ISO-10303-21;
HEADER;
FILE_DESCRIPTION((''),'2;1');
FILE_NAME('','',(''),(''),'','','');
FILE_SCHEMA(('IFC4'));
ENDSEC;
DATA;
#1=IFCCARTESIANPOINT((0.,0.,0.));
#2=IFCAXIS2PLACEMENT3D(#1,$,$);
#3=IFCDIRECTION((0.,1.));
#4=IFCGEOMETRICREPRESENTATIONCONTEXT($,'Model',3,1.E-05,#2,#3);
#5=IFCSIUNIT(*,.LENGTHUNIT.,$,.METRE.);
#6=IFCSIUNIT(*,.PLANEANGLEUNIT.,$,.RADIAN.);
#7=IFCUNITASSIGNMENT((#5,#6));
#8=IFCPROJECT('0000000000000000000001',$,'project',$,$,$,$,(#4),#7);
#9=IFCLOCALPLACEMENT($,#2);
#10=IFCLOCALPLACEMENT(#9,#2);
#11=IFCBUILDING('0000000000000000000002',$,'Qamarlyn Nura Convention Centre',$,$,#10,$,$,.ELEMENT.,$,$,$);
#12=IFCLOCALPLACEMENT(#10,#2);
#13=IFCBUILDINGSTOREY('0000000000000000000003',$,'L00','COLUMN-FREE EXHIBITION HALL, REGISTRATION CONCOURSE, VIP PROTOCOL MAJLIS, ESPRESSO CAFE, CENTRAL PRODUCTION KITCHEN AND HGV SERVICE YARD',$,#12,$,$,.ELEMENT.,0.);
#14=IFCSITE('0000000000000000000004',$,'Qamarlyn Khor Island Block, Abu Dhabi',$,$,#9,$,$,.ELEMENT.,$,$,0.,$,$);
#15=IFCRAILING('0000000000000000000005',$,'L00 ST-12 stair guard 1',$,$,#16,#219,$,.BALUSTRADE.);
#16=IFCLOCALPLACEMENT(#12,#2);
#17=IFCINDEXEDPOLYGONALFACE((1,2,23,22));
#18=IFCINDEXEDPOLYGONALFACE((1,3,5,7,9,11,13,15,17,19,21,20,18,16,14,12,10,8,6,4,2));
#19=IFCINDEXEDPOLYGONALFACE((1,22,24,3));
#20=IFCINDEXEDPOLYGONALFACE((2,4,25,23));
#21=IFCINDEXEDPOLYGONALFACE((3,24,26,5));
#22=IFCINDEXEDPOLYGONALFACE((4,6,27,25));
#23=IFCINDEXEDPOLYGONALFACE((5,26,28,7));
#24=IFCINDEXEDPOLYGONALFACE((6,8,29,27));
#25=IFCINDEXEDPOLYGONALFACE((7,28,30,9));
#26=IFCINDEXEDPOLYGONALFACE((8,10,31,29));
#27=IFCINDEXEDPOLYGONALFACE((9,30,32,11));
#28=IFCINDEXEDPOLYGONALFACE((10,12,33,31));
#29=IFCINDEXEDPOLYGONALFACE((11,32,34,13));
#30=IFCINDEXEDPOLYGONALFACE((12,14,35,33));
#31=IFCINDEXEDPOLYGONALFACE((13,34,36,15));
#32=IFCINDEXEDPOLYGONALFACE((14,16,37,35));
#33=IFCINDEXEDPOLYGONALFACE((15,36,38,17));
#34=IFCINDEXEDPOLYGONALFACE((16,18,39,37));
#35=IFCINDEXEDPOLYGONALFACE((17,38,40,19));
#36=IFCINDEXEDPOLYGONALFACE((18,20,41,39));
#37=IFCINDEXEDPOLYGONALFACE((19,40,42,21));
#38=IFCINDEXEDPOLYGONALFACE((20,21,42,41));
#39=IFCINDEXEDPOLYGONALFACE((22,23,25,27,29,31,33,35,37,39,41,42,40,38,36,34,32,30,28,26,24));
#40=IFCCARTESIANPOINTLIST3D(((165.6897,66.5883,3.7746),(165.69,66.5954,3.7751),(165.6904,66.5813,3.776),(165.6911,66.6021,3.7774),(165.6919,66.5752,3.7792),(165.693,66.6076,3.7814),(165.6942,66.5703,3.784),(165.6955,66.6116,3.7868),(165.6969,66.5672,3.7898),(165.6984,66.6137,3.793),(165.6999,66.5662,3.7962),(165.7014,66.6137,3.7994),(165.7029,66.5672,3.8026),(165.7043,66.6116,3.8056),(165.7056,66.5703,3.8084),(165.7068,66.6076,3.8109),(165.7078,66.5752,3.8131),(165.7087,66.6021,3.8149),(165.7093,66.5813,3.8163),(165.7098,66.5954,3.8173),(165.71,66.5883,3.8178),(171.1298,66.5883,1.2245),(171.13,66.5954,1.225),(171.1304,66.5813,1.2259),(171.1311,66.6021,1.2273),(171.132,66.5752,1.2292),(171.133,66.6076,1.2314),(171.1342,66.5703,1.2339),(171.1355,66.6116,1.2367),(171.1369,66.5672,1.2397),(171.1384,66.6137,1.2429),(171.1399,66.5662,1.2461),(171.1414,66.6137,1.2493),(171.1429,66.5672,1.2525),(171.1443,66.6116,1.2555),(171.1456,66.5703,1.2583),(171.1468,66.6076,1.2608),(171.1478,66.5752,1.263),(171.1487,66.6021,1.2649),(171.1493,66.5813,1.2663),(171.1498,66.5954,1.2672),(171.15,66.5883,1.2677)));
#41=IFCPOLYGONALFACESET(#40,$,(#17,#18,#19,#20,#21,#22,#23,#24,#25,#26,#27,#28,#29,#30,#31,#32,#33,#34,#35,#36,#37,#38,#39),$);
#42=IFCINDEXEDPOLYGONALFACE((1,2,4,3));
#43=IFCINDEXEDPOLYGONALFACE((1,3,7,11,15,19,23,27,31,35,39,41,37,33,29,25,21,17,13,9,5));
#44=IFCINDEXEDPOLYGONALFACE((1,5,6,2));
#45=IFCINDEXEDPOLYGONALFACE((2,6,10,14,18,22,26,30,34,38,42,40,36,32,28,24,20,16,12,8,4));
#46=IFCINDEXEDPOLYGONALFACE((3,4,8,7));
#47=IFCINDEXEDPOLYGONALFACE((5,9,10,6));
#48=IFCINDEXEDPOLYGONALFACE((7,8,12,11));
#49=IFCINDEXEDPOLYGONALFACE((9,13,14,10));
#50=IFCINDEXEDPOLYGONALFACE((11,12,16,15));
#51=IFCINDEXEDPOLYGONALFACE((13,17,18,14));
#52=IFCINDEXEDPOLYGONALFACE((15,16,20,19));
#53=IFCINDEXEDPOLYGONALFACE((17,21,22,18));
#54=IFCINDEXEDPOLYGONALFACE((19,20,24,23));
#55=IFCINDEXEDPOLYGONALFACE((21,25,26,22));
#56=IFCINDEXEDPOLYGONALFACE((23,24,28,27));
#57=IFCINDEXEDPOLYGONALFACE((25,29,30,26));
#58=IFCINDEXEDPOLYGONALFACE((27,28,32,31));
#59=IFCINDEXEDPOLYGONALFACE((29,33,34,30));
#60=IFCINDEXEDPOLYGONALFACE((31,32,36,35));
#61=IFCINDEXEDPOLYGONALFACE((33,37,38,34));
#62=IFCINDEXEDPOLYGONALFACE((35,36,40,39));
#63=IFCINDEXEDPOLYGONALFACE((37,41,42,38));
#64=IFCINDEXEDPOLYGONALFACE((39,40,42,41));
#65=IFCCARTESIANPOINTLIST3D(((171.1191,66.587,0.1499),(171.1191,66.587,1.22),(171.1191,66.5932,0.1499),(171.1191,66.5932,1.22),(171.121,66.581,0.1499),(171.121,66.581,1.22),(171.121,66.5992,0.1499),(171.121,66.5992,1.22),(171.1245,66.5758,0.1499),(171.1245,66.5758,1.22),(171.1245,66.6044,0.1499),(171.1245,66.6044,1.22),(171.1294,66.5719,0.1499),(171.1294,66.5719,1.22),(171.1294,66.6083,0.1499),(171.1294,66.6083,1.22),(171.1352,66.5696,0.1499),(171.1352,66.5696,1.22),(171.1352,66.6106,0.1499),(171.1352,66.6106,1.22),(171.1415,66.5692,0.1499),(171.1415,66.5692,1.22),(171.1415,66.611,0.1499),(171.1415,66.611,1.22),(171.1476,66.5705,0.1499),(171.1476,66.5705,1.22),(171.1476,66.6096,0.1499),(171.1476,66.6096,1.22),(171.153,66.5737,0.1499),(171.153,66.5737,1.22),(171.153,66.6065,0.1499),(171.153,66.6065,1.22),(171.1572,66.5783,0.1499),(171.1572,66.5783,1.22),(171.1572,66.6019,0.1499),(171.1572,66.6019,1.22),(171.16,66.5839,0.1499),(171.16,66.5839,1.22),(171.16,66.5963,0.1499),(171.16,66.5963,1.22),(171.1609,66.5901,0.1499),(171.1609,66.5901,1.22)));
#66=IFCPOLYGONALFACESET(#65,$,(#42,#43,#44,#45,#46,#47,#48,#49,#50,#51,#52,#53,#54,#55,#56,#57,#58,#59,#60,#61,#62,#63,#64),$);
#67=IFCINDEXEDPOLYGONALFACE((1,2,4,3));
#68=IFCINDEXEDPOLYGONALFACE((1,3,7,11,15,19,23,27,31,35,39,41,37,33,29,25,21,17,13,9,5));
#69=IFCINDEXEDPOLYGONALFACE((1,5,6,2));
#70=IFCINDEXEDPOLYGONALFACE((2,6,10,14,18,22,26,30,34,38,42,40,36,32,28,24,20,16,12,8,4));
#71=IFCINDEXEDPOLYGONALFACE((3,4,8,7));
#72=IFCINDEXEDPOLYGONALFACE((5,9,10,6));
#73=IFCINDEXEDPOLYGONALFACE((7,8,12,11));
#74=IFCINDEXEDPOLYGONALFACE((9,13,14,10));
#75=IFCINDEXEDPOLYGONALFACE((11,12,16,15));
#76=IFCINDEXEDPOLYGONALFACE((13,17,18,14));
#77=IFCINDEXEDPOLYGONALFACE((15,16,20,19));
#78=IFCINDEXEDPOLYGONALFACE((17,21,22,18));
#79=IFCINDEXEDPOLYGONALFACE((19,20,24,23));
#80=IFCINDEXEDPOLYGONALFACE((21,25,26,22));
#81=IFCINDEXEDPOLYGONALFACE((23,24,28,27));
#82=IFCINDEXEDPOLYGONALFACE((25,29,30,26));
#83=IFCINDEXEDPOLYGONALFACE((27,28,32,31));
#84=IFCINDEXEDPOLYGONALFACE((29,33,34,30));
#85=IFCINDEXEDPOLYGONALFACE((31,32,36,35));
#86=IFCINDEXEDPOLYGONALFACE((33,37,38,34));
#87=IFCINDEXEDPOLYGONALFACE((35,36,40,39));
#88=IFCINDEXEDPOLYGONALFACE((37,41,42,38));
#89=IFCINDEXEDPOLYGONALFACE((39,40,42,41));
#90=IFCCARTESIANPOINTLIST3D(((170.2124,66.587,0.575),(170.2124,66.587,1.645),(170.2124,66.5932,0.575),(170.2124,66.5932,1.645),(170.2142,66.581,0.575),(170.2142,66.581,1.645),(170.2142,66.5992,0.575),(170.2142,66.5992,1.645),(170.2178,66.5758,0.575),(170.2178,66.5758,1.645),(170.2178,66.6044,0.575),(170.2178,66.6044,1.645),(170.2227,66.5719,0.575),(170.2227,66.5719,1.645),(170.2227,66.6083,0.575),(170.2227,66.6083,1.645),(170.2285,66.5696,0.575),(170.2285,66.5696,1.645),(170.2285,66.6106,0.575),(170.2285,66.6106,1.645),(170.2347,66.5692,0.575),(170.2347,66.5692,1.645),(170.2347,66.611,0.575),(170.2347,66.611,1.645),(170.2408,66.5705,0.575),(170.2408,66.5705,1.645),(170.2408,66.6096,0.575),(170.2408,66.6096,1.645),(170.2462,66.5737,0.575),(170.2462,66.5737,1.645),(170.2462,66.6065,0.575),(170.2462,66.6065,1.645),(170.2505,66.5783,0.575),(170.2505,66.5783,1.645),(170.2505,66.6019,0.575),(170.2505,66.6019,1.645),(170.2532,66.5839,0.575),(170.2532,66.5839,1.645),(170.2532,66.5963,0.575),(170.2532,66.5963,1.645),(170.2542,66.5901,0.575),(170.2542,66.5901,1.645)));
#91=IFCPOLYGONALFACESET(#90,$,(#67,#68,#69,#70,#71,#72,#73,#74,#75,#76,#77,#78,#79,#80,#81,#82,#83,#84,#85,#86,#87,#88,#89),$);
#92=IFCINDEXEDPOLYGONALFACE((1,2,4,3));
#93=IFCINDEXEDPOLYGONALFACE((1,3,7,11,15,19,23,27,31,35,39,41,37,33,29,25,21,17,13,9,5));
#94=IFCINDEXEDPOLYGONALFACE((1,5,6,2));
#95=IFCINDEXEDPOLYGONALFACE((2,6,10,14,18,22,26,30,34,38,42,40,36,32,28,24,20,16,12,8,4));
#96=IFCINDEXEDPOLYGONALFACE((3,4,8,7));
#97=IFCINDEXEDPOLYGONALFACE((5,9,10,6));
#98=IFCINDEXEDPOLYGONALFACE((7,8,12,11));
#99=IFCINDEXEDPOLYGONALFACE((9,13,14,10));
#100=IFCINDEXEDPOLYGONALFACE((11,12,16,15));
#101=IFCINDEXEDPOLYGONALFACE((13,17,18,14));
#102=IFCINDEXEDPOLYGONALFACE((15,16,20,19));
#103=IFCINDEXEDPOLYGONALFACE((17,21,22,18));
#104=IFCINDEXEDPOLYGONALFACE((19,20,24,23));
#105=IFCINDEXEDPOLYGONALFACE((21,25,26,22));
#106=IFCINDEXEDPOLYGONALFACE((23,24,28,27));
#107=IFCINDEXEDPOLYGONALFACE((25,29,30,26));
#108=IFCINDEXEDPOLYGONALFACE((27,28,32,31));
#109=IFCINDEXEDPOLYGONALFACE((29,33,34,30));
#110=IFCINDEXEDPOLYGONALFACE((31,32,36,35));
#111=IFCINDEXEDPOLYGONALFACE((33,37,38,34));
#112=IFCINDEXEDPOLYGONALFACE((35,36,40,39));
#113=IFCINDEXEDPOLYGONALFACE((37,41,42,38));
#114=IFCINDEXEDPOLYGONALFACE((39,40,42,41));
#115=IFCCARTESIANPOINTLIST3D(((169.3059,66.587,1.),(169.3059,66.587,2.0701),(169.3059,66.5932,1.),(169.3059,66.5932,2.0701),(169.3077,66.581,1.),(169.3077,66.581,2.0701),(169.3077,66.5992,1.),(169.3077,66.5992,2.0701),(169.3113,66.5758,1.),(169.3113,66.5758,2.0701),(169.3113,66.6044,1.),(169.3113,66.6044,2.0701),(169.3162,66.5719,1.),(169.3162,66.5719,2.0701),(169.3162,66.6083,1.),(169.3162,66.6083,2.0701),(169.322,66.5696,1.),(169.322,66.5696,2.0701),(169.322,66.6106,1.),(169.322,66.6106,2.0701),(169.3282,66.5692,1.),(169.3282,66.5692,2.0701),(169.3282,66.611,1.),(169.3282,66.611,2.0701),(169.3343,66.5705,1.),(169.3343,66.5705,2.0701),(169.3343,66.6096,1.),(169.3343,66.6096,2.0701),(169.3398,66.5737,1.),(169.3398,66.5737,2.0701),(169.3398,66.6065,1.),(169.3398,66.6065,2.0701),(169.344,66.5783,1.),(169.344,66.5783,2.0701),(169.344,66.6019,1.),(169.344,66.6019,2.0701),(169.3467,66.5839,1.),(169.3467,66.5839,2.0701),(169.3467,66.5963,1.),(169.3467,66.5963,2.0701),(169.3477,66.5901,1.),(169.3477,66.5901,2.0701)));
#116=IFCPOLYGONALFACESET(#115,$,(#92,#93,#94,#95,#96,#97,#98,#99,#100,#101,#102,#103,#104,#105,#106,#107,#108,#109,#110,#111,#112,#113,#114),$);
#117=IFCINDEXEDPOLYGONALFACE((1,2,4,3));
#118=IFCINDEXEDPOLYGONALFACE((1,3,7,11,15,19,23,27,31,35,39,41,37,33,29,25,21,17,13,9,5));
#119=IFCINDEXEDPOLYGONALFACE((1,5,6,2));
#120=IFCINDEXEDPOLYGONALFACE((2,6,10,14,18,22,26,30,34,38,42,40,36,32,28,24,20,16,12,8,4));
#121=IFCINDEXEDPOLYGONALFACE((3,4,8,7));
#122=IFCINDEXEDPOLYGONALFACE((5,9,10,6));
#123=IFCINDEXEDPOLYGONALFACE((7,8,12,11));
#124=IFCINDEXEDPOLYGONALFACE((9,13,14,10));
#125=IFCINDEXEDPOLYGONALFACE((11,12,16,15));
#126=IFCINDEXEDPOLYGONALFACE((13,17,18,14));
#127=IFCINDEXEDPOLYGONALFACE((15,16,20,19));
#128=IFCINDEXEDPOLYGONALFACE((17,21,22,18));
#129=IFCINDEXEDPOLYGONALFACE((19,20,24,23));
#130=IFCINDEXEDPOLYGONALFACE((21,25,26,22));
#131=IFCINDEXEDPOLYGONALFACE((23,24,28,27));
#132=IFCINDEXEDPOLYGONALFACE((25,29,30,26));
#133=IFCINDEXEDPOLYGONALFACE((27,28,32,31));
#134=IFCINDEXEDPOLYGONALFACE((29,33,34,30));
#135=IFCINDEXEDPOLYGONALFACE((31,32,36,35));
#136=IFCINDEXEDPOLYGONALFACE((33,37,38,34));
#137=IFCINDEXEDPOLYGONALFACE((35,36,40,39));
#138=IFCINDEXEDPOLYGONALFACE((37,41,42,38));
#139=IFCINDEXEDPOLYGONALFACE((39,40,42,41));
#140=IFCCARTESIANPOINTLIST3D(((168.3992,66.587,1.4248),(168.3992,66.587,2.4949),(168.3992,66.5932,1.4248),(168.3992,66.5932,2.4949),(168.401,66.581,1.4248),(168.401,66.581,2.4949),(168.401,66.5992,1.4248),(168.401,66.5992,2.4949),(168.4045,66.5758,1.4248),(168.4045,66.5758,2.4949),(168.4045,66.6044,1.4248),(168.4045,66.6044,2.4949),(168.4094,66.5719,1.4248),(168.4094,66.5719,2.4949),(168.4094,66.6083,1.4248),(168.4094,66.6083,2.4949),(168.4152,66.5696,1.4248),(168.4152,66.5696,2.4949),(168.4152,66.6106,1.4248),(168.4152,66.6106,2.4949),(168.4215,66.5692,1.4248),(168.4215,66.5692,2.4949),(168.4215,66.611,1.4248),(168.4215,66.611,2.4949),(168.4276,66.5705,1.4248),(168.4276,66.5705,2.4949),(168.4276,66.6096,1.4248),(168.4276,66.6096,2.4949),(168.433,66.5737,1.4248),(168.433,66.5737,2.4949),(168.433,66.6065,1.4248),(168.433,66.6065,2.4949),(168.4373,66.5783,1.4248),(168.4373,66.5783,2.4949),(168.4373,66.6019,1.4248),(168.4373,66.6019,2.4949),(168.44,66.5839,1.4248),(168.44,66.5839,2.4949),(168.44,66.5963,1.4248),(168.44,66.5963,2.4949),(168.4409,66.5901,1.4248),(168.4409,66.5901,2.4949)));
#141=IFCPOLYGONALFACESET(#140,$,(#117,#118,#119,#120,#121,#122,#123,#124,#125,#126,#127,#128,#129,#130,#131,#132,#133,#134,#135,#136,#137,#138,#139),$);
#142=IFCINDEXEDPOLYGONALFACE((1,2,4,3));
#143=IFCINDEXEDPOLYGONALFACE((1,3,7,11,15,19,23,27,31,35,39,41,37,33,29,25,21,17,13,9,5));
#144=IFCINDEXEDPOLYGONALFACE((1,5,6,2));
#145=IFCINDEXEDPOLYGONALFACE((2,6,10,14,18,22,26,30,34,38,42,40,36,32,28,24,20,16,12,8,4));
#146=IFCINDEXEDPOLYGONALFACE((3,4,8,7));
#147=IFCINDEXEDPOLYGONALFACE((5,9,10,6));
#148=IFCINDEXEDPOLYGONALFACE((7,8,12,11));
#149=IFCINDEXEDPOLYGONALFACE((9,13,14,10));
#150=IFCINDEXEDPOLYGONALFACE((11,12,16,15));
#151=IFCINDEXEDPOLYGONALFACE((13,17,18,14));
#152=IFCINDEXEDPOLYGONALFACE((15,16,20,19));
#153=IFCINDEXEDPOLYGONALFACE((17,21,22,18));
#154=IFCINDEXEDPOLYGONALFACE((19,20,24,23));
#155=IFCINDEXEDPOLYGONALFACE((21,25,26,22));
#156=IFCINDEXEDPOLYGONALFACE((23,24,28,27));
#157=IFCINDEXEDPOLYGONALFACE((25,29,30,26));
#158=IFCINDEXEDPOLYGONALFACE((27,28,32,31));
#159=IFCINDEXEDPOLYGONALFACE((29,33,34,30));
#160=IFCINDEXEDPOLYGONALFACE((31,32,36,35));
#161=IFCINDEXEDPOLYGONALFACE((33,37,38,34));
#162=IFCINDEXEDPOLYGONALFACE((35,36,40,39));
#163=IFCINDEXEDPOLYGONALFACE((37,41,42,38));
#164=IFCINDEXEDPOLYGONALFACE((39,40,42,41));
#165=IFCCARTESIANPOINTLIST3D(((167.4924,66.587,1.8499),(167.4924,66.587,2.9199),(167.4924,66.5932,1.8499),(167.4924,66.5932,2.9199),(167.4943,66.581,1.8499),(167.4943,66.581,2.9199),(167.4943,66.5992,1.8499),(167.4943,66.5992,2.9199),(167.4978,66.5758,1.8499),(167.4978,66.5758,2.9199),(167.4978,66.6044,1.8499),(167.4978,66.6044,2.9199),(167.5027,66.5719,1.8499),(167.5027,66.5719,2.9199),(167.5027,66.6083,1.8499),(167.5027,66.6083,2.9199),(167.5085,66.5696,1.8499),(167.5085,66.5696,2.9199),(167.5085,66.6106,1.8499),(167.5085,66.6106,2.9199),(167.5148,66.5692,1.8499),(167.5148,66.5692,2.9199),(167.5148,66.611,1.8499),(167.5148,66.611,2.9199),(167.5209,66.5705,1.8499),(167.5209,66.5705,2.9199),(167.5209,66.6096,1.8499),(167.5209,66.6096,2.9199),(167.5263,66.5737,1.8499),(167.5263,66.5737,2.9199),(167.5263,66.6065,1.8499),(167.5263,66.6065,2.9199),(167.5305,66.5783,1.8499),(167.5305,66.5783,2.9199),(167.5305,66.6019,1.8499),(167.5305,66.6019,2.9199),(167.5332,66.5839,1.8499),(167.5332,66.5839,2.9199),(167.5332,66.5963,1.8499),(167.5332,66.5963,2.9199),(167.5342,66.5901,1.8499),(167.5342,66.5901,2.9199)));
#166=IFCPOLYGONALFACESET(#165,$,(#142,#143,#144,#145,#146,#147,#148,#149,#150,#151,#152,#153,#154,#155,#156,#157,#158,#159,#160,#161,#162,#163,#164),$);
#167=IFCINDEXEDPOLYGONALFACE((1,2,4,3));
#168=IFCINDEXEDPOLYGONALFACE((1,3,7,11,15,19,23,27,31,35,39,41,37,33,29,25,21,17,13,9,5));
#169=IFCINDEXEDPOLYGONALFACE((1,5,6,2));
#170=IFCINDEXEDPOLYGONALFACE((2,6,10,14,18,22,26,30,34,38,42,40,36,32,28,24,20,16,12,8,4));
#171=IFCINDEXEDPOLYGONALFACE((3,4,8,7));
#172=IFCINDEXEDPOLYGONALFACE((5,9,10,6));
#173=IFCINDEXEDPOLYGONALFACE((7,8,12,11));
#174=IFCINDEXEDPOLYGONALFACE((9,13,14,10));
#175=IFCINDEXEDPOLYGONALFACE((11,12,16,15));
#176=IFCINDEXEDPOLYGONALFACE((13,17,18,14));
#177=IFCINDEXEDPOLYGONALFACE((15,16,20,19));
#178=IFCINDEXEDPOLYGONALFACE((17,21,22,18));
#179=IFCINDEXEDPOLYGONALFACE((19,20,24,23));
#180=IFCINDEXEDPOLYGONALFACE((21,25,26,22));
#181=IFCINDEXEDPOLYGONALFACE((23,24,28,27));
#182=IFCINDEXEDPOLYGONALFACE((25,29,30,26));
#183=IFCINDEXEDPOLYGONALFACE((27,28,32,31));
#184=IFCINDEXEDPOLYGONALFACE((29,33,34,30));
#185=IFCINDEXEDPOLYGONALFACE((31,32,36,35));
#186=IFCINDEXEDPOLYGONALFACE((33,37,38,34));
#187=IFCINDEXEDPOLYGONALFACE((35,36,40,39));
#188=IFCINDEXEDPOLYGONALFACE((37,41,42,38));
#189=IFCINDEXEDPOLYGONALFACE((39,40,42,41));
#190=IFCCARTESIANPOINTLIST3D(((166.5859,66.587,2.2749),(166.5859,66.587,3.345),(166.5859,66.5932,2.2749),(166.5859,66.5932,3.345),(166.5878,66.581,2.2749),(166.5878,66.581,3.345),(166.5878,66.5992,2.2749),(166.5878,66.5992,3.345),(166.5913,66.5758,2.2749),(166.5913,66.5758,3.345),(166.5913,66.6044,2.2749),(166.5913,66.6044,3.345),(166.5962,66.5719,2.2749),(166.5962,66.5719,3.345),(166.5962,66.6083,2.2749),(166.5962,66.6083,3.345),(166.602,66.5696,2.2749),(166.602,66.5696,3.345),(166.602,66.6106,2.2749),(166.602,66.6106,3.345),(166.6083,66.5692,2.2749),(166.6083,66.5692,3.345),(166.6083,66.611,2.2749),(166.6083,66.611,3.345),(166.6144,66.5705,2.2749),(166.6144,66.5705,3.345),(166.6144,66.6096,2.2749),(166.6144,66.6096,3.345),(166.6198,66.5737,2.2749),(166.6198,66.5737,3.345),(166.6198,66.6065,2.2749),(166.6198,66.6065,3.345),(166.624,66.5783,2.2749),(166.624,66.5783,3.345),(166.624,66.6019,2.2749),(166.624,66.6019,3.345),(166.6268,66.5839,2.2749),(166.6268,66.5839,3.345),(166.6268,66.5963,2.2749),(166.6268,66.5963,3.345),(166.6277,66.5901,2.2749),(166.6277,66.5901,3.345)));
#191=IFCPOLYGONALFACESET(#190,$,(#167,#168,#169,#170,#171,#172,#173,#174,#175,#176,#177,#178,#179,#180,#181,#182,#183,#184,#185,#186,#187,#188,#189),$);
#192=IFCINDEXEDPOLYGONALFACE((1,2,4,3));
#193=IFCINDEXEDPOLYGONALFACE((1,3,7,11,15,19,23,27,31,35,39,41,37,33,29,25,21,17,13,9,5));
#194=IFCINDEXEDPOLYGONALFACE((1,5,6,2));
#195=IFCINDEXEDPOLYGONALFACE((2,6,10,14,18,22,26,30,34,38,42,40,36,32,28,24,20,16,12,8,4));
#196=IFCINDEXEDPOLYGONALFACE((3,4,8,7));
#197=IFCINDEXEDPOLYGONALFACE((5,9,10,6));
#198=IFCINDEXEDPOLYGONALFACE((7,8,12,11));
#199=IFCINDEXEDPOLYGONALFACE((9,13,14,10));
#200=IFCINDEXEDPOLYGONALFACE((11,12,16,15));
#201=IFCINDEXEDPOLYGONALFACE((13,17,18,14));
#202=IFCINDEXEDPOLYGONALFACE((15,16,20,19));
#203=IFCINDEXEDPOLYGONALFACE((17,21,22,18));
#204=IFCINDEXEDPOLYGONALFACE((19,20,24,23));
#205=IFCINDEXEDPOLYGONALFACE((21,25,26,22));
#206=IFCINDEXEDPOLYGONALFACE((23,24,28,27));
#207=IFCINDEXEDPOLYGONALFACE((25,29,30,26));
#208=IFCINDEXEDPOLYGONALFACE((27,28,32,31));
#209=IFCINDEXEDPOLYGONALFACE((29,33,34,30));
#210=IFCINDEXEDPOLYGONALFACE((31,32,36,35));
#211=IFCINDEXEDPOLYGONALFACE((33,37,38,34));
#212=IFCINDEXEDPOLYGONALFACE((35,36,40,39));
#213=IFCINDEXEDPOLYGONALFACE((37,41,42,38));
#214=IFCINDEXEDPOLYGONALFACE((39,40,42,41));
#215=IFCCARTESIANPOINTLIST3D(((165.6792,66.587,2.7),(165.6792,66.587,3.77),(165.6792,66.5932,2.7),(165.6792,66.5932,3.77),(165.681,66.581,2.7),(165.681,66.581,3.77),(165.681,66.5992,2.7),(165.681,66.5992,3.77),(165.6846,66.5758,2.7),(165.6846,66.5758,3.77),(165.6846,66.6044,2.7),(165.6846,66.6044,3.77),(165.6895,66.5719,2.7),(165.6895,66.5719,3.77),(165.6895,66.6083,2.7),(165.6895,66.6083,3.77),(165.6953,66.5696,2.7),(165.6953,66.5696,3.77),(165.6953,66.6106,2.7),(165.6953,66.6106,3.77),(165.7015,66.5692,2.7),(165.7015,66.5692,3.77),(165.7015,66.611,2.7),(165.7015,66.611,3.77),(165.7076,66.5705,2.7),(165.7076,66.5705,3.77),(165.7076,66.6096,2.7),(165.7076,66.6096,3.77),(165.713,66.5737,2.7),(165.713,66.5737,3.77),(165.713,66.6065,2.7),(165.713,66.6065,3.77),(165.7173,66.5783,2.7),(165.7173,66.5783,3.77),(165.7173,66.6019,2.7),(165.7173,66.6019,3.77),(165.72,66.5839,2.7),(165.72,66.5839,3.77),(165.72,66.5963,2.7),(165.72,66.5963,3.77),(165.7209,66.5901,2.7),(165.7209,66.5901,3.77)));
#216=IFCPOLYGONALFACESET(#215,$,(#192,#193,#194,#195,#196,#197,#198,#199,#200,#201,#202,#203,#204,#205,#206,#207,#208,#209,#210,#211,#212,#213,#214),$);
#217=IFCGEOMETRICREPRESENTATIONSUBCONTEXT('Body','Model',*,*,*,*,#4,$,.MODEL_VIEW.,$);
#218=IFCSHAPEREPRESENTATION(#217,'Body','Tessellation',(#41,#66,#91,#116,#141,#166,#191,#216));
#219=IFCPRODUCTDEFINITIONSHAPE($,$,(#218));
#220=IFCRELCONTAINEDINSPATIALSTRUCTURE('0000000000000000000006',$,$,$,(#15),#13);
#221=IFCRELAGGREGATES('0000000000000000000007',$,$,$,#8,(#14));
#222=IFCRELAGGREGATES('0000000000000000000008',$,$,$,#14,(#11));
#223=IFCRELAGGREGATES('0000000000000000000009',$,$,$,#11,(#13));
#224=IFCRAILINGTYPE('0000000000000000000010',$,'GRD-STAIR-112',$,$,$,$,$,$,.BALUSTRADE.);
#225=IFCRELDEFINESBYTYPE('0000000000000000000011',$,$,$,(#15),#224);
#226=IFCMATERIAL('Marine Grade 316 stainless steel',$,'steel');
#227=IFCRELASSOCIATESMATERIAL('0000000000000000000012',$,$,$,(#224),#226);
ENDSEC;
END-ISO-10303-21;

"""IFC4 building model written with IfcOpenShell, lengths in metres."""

from ifc_helpers import new_model, si_unit, direction, frame, origin, origin_2d, place, context, subcontext, project, spatial, circle, extrude, material, type_object, element, save


model = new_model("IFC4")

# Units and contexts
model_context = context("Model", 3, precision=1e-05, world=origin(), true_north=direction((0.0, 1.0)))
body_context = subcontext(model_context, "Body", "Model", "MODEL_VIEW")
ifc_project = project(units=[si_unit("LENGTHUNIT", "METRE"), si_unit("PLANEANGLEUNIT", "RADIAN")], contexts=[model_context])

# Site, building, storey
site_placement = place(None, origin())
site = spatial("IfcSite", under=ifc_project, at=site_placement, Name="Qamarlyn Khor Island Block, Abu Dhabi", CompositionType="ELEMENT", RefElevation=0.0)
building_placement = place(site_placement, origin())
building = spatial("IfcBuilding", under=site, at=building_placement, Name="Qamarlyn Nura Convention Centre", CompositionType="ELEMENT")
storey_placement = place(building_placement, origin())
storey = spatial("IfcBuildingStorey", under=building, at=storey_placement, Name="L00", Description="COLUMN-FREE EXHIBITION HALL, REGISTRATION CONCOURSE, VIP PROTOCOL MAJLIS, ESPRESSO CAFE, CENTRAL PRODUCTION KITCHEN AND HGV SERVICE YARD", CompositionType="ELEMENT", Elevation=0.0)

# Shared definitions
ifc_material_1 = material(Name="Marine Grade 316 stainless steel", Category="steel")

# Railing
railing_type_1 = type_object("IfcRailingType", Name="GRD-STAIR-112", PredefinedType="BALUSTRADE", material=ifc_material_1)
railing_1_placement = place(storey_placement, frame((171.1399, 66.5901, 0.1499)))
element("IfcRailing", 1, at=railing_1_placement, inside=storey, type_object=railing_type_1, Name="L00 ST-12 stair guard 1", PredefinedType="BALUSTRADE", context=body_context, shape_type="SweptSolid", body=[
    extrude(circle(Radius=0.0239, at=origin_2d()), frame((0.0, 0.0, 1.0962), z_axis=(-0.905454, 0.0, 0.424444), x_axis=(0.0, -1.0, 0.0)), (0.0, 0.0, 1.0), 6.0081),
    extrude(circle(Radius=0.021, at=origin_2d()), origin(), (0.0, 0.0, 1.0), 1.0701),
    extrude(circle(Radius=0.021, at=origin_2d()), frame((-0.9067, 0.0, 0.425)), (0.0, 0.0, 1.0), 1.0701),
    extrude(circle(Radius=0.021, at=origin_2d()), frame((-1.8132, 0.0, 0.8501)), (0.0, 0.0, 1.0), 1.0701),
    extrude(circle(Radius=0.021, at=origin_2d()), frame((-2.72, 0.0, 1.2749)), (0.0, 0.0, 1.0), 1.0701),
    extrude(circle(Radius=0.021, at=origin_2d()), frame((-3.6267, 0.0, 1.7)), (0.0, 0.0, 1.0), 1.0701),
    extrude(circle(Radius=0.021, at=origin_2d()), frame((-4.5332, 0.0, 2.125)), (0.0, 0.0, 1.0), 1.0701),
    extrude(circle(Radius=0.021, at=origin_2d()), frame((-5.4399, 0.0, 2.55)), (0.0, 0.0, 1.0), 1.0701),
])

save(model, "model.ifc")
